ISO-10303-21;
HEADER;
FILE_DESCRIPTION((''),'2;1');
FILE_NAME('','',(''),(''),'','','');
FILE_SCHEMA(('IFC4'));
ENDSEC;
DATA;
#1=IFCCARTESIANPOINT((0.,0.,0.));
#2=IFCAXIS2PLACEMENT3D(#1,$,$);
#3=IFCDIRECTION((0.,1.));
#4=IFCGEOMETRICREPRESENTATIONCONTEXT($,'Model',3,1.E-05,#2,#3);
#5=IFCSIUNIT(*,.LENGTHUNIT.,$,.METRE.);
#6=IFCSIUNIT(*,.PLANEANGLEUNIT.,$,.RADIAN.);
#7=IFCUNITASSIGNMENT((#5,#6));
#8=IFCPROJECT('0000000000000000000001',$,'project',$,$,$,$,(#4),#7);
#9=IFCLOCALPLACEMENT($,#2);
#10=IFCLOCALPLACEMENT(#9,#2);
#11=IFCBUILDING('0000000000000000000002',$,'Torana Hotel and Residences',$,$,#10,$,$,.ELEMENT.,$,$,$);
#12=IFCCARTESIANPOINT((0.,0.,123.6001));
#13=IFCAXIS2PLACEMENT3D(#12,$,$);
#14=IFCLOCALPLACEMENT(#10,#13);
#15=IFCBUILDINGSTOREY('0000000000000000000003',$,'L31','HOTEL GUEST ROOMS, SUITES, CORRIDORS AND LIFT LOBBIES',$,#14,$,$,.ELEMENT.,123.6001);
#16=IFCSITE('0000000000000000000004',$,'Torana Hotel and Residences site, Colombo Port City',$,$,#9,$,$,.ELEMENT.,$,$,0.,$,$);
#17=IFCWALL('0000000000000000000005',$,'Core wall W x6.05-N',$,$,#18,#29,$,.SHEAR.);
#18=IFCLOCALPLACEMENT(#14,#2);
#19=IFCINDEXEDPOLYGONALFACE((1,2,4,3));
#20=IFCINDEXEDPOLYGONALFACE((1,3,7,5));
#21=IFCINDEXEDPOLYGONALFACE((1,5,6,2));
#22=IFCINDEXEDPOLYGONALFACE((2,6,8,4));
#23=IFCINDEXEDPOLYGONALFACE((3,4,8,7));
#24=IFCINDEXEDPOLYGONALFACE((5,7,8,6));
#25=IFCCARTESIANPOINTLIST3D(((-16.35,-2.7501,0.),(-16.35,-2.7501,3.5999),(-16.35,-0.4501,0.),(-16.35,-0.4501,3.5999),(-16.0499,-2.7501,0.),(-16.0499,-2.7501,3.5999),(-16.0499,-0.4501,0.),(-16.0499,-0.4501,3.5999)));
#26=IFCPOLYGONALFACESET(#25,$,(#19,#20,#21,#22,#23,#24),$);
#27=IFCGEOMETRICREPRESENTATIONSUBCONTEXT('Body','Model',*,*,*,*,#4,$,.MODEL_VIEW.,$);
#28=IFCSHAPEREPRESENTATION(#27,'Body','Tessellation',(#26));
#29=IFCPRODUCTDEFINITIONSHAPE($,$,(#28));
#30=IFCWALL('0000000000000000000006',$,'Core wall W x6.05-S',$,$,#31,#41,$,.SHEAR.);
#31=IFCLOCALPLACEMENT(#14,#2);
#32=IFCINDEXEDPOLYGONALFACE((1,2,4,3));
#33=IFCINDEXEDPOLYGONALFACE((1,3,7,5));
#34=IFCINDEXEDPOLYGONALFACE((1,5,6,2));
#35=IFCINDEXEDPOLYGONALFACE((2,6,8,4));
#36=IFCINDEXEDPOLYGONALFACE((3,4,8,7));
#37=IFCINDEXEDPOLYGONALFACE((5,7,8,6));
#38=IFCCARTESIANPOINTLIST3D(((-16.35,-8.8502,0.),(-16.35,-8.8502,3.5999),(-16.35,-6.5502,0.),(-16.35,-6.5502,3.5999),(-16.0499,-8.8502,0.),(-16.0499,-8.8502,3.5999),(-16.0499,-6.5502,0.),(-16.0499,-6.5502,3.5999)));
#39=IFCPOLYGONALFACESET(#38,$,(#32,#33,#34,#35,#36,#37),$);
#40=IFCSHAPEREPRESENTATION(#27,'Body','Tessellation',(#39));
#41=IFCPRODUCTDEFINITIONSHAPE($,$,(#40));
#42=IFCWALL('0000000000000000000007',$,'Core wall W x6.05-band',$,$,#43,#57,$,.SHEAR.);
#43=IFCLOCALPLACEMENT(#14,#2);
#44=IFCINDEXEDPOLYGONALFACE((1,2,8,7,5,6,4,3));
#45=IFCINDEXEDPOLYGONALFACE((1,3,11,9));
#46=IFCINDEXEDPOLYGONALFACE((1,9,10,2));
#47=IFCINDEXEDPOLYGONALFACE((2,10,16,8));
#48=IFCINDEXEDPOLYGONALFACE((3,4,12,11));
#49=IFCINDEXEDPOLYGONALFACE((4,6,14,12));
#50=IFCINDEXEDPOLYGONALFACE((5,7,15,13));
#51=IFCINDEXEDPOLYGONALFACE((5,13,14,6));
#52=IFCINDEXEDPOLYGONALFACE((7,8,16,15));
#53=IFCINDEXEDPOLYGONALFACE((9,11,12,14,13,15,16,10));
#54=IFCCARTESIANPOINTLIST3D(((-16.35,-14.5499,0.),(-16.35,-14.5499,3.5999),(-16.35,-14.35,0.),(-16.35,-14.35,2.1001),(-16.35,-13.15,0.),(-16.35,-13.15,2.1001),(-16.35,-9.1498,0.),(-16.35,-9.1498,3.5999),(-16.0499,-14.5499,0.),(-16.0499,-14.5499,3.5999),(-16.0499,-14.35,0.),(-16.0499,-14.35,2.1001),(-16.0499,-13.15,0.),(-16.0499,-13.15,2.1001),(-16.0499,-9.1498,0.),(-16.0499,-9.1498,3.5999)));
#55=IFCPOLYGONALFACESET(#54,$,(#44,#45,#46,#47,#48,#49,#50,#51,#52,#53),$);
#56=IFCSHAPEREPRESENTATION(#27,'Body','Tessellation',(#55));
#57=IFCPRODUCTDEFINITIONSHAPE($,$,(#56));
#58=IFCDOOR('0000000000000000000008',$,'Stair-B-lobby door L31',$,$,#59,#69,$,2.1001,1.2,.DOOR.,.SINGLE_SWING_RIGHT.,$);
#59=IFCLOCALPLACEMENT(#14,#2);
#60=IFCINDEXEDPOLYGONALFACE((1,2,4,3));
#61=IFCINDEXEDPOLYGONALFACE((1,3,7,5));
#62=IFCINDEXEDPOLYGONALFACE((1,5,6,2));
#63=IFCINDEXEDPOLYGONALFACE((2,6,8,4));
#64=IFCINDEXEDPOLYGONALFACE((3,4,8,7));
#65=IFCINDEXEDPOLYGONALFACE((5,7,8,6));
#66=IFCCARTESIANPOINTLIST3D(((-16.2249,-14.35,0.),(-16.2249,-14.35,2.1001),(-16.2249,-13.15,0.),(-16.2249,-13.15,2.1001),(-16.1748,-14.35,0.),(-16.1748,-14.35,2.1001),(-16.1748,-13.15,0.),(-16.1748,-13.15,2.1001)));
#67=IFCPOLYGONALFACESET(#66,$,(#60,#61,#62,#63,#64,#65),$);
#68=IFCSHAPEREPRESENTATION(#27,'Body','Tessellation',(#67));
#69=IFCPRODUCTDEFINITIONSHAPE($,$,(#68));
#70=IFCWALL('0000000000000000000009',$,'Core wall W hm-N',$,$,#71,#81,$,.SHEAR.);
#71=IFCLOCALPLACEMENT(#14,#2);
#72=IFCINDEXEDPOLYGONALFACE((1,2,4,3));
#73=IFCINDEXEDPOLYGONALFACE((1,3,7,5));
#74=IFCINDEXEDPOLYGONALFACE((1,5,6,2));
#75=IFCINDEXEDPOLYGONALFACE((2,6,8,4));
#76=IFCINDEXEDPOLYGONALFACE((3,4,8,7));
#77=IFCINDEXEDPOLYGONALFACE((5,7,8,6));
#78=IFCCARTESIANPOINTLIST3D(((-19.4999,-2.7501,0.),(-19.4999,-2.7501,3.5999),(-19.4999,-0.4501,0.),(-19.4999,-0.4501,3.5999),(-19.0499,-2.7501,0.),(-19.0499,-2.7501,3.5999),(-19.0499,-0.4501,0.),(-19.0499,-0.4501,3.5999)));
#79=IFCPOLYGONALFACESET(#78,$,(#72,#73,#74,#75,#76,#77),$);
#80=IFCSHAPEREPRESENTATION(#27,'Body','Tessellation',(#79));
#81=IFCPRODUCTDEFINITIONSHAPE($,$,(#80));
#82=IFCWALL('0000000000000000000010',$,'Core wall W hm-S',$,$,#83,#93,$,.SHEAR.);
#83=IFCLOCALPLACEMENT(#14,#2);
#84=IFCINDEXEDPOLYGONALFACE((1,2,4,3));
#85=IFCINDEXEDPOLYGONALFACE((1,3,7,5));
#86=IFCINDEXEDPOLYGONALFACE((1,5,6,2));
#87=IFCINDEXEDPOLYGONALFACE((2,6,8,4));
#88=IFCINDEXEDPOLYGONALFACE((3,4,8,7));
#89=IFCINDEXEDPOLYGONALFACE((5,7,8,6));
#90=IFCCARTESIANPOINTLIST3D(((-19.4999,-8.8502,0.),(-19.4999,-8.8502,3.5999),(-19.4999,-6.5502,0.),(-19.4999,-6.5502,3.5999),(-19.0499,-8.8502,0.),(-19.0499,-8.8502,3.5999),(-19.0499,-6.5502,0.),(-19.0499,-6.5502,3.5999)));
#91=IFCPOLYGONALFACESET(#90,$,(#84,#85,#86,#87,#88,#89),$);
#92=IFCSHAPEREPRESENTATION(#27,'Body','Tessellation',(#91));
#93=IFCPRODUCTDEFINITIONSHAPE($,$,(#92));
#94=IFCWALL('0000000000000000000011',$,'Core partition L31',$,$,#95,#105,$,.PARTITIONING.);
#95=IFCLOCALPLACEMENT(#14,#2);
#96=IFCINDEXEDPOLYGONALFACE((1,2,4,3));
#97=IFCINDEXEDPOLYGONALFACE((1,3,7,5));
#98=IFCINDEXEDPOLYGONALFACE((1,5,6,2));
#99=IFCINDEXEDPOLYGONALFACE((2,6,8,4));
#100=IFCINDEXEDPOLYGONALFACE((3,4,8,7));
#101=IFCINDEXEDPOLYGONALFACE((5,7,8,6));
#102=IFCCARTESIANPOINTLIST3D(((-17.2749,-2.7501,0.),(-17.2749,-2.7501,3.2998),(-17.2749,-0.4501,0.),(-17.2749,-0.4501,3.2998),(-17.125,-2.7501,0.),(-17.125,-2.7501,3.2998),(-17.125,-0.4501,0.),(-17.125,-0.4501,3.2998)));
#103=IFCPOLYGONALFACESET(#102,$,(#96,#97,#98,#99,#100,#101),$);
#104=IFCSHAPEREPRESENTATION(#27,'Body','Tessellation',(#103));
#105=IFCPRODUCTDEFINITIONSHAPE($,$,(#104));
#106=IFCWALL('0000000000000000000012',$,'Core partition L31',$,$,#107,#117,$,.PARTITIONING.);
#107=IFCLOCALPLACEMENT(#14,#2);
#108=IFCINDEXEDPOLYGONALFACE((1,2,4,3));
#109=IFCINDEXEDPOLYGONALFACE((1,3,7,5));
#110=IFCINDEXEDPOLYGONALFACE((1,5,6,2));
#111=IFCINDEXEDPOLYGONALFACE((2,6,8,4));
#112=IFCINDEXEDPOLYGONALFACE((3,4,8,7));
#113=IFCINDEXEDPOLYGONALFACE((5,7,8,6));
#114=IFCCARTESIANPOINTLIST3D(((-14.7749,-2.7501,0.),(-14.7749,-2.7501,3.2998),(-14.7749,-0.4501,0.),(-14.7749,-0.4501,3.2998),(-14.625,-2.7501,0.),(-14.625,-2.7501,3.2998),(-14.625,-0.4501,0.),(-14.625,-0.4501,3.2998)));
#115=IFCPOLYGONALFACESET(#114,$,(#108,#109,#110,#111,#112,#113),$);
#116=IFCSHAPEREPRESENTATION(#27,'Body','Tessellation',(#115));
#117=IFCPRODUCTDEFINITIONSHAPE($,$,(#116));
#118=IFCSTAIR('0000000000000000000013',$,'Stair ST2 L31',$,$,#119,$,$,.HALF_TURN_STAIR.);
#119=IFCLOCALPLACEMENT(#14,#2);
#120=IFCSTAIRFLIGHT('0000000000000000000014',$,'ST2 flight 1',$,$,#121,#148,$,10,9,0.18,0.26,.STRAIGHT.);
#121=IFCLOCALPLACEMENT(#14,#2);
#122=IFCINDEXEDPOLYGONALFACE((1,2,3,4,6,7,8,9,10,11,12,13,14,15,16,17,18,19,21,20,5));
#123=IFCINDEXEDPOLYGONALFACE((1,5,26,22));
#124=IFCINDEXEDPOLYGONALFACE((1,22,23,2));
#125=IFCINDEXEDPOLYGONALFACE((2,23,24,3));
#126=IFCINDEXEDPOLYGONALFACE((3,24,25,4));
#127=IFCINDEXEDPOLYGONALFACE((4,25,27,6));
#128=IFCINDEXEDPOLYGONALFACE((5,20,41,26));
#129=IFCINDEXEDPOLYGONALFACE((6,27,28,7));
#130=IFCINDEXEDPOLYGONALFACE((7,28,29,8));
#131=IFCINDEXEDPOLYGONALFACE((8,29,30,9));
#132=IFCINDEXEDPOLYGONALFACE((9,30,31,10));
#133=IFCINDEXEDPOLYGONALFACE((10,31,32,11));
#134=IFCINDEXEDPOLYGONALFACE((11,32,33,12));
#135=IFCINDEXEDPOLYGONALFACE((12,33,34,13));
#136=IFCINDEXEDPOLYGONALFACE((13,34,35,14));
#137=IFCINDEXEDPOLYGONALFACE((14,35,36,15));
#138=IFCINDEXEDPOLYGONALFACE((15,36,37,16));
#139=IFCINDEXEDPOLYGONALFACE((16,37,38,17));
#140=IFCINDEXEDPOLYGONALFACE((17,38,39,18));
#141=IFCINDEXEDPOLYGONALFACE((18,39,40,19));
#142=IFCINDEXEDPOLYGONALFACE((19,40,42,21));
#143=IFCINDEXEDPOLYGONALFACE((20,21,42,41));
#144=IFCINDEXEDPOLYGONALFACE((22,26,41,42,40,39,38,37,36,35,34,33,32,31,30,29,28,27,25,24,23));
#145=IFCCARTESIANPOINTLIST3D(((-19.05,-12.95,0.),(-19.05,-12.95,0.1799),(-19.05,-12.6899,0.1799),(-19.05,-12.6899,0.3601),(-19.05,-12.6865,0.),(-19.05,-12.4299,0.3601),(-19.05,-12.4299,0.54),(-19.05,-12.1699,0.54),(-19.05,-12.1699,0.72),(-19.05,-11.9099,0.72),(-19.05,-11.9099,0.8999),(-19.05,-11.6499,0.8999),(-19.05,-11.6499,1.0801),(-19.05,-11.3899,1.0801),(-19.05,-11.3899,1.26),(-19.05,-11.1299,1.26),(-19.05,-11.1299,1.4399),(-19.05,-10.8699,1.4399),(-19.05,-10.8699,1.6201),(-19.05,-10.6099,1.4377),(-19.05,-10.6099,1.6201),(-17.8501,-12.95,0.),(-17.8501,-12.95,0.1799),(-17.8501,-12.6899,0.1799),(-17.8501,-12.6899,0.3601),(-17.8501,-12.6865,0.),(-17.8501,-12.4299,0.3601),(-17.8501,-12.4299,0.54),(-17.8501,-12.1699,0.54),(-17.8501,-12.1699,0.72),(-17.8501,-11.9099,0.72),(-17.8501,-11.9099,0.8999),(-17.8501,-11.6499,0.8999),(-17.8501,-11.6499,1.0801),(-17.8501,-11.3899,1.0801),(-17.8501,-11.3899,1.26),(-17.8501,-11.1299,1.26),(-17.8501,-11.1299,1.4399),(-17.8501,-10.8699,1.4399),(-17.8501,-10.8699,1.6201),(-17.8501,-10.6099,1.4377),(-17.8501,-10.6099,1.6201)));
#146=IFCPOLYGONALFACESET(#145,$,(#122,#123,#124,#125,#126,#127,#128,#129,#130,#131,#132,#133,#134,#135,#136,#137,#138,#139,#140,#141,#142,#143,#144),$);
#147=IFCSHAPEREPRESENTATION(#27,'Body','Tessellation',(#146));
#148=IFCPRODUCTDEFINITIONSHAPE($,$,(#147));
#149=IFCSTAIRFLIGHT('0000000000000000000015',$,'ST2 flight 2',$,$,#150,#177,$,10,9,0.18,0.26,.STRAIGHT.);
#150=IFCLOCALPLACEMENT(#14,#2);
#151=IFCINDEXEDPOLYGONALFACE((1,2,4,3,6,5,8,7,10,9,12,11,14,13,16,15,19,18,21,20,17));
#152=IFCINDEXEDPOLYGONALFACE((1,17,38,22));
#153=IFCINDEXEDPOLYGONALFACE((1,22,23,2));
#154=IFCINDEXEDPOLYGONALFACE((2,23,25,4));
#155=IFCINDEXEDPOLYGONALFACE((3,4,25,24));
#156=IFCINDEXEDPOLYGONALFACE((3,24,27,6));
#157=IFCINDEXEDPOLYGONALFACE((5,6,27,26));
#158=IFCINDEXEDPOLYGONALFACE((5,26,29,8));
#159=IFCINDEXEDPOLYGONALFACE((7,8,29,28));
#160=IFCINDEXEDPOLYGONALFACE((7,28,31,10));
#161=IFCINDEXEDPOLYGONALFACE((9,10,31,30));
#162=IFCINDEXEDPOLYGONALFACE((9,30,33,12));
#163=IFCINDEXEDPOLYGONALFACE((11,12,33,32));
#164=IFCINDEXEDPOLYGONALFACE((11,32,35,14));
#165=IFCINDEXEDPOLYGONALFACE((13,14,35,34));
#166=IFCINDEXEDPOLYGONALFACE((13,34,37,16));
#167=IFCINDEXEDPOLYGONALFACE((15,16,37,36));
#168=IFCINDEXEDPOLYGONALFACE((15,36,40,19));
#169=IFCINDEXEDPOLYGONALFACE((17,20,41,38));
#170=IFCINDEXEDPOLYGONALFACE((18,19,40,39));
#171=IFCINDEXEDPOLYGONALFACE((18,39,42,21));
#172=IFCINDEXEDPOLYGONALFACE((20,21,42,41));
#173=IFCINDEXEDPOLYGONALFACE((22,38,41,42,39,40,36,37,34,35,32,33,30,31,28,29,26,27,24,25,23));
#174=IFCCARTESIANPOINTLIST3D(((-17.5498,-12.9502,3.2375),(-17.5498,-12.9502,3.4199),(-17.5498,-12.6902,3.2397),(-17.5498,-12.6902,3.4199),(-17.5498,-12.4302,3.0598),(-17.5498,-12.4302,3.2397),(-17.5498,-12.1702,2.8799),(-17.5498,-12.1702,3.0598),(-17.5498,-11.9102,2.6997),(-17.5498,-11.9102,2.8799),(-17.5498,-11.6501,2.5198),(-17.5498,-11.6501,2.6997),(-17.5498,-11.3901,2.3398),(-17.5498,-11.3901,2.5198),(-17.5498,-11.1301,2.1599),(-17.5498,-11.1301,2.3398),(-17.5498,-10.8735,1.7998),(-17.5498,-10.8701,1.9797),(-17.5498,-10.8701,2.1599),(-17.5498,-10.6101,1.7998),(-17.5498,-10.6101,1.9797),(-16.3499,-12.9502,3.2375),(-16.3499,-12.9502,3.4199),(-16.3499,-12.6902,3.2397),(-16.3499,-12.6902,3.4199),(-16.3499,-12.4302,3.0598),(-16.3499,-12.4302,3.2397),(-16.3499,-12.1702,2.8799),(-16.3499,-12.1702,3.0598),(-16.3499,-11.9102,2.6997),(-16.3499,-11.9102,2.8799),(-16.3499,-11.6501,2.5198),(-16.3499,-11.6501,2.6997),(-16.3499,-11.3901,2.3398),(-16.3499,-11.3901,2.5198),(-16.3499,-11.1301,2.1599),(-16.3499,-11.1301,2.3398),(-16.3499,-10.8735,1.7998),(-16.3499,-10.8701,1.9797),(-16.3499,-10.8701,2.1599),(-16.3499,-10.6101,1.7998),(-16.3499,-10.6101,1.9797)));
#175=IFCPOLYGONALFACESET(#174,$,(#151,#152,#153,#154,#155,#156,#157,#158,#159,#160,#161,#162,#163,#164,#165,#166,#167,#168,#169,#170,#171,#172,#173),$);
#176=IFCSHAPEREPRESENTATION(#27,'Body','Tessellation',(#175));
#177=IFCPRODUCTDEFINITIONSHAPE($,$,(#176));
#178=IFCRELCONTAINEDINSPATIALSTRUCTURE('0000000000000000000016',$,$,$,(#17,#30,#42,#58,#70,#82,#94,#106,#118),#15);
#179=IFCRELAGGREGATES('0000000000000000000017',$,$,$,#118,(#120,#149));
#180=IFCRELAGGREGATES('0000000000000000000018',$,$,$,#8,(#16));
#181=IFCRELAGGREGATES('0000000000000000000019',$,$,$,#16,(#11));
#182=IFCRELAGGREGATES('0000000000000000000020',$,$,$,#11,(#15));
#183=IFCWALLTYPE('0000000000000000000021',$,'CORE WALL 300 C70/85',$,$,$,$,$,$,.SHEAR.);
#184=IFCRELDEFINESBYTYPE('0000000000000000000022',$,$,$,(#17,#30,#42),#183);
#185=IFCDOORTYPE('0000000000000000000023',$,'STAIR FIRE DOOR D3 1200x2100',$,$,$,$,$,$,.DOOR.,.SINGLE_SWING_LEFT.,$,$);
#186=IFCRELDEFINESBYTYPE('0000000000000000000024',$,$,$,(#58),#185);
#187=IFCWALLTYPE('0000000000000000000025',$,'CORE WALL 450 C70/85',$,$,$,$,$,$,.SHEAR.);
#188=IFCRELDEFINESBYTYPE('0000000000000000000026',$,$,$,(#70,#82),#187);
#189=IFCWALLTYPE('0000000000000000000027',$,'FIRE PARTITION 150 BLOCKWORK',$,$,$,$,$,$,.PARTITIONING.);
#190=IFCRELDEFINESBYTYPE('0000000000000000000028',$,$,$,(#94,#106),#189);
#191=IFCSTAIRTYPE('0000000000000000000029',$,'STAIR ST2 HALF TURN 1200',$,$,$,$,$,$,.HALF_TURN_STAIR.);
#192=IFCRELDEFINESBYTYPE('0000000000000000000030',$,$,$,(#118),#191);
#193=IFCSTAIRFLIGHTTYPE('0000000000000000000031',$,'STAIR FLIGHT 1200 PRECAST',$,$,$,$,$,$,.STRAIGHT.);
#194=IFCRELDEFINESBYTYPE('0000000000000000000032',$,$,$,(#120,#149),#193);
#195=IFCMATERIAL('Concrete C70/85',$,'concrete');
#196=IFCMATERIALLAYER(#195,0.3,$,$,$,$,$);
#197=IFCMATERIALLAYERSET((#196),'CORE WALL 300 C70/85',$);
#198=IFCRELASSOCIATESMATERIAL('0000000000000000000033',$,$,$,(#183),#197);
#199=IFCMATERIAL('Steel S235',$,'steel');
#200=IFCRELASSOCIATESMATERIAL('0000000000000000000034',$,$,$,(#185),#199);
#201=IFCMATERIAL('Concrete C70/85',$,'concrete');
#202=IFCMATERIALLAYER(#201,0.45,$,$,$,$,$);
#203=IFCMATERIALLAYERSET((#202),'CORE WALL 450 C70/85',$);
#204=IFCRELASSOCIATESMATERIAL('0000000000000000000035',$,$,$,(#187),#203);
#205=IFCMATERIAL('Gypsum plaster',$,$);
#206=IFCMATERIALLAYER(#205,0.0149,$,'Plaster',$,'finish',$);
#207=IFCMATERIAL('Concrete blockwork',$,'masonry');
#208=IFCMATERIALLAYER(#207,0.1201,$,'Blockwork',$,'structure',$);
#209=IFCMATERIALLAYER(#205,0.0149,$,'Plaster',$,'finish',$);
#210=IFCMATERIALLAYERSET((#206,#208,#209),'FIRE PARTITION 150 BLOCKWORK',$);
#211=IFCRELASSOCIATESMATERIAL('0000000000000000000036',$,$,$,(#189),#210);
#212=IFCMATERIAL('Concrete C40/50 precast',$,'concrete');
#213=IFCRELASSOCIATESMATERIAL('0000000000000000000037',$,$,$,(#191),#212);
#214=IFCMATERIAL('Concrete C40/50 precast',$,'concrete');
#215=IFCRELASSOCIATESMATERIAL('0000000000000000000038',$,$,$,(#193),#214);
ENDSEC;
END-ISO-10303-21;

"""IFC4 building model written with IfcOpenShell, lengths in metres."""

from ifc_helpers import new_model, si_unit, direction, frame, frame_2d, origin, place, context, subcontext, project, spatial, polyline, rectangle, outline, extrude, material, layer, layer_set, type_object, element, fill, aggregate, save


model = new_model("IFC4")

# Units and contexts
model_context = context("Model", 3, precision=1e-05, world=origin(), true_north=direction((0.0, 1.0)))
body_context = subcontext(model_context, "Body", "Model", "MODEL_VIEW")
ifc_project = project(units=[si_unit("LENGTHUNIT", "METRE"), si_unit("PLANEANGLEUNIT", "RADIAN")], contexts=[model_context])

# Site, building, storey
site_placement = place(None, origin())
site = spatial("IfcSite", under=ifc_project, at=site_placement, Name="Torana Hotel and Residences site, Colombo Port City", CompositionType="ELEMENT", RefElevation=0.0)
building_placement = place(site_placement, origin())
building = spatial("IfcBuilding", under=site, at=building_placement, Name="Torana Hotel and Residences", CompositionType="ELEMENT")
storey_placement = place(building_placement, frame((0.0, 0.0, 123.6001)))
storey = spatial("IfcBuildingStorey", under=building, at=storey_placement, Name="L31", Description="HOTEL GUEST ROOMS, SUITES, CORRIDORS AND LIFT LOBBIES", CompositionType="ELEMENT", Elevation=123.6001)

# Walls
ifc_material_1 = material(Name="Concrete C70/85", Category="concrete")
ifc_layer_1 = layer(ifc_material_1, 0.3)
ifc_layer_set_1 = layer_set([ifc_layer_1], Name="CORE WALL 300 C70/85")
wall_type_1 = type_object("IfcWallType", Name="CORE WALL 300 C70/85", PredefinedType="SHEAR", material=ifc_layer_set_1)
for number, where, z_axis, x_axis, name in (
    (1, (-16.2, -2.75, 0.0), (0.0, 0.0, 1.0), (0.0, 1.0, 0.0), "Core wall W x6.05-N"),
    (2, (-16.2, -8.8501, 0.0), (0.0, 0.0, 1.0), (0.0, 1.0, 0.0), "Core wall W x6.05-S"),
):
    element("IfcWall", number, at=place(storey_placement, frame(where, z_axis=z_axis, x_axis=x_axis)), inside=storey, type_object=wall_type_1, Name=name, PredefinedType="SHEAR", context=body_context, shape_type="SweptSolid", body=[
        extrude(rectangle(XDim=2.3, YDim=0.3, at=frame_2d((1.1499, 0.0))), origin(), (0.0, 0.0, 1.0), 3.5999),
    ])

# Wall, opening, door
wall_placement = place(storey_placement, frame((-16.2, -14.55, 0.0), z_axis=(0.0, 0.0, 1.0), x_axis=(0.0, 1.0, 0.0)))
wall = element("IfcWall", 3, at=wall_placement, inside=storey, type_object=wall_type_1, Name="Core wall W x6.05-band", PredefinedType="SHEAR", context=body_context, shape_type="SweptSolid", body=[
    extrude(rectangle(XDim=5.4001, YDim=0.3, at=frame_2d((2.7002, 0.0))), origin(), (0.0, 0.0, 1.0), 3.5999),
])
opening_placement = place(wall_placement, frame((0.2, 0.0, 0.0)))
opening = element("IfcOpeningElement", 4, at=opening_placement, cuts=wall, PredefinedType="OPENING", context=body_context, shape_type="SweptSolid", body=[
    extrude(rectangle(XDim=1.2, YDim=2.1001, at=frame_2d((0.6001, 1.05))), frame((0.0, 0.1599, 0.0), z_axis=(0.0, -1.0, 0.0), x_axis=(1.0, 0.0, 0.0)), (0.0, 0.0, 1.0), 0.3201),
])
ifc_material_2 = material(Name="Steel S235", Category="steel")
door_type = type_object("IfcDoorType", Name="STAIR FIRE DOOR D3 1200x2100", OperationType="SINGLE_SWING_LEFT", PredefinedType="DOOR", material=ifc_material_2)
door_placement = place(opening_placement, origin())
door = element("IfcDoor", 5, at=door_placement, inside=storey, type_object=door_type, Name="Stair-B-lobby door L31", OperationType="SINGLE_SWING_RIGHT", OverallHeight=2.1001, OverallWidth=1.2, PredefinedType="DOOR", context=body_context, shape_type="SweptSolid", body=[
    extrude(rectangle(XDim=1.2, YDim=2.1001, at=frame_2d((0.6001, 1.05))), frame((0.0, 0.0249, 0.0), z_axis=(0.0, -1.0, 0.0), x_axis=(1.0, 0.0, 0.0)), (0.0, 0.0, 1.0), 0.05),
])
fill(opening, door)

# Walls
ifc_material_3 = material(Name="Concrete C70/85", Category="concrete")
ifc_layer_2 = layer(ifc_material_3, 0.45)
ifc_layer_set_2 = layer_set([ifc_layer_2], Name="CORE WALL 450 C70/85")
wall_type_2 = type_object("IfcWallType", Name="CORE WALL 450 C70/85", PredefinedType="SHEAR", material=ifc_layer_set_2)
for number, where, z_axis, x_axis, name in (
    (6, (-19.2749, -2.75, 0.0), (0.0, 0.0, 1.0), (0.0, 1.0, 0.0), "Core wall W hm-N"),
    (7, (-19.2749, -8.8501, 0.0), (0.0, 0.0, 1.0), (0.0, 1.0, 0.0), "Core wall W hm-S"),
):
    element("IfcWall", number, at=place(storey_placement, frame(where, z_axis=z_axis, x_axis=x_axis)), inside=storey, type_object=wall_type_2, Name=name, PredefinedType="SHEAR", context=body_context, shape_type="SweptSolid", body=[
        extrude(rectangle(XDim=2.3, YDim=0.45, at=frame_2d((1.1499, 0.0))), origin(), (0.0, 0.0, 1.0), 3.5999),
    ])
ifc_material_4 = material(Name="Gypsum plaster")
ifc_layer_3 = layer(ifc_material_4, 0.0149, Name="Plaster", Category="finish")
ifc_material_5 = material(Name="Concrete blockwork", Category="masonry")
ifc_layer_4 = layer(ifc_material_5, 0.1201, Name="Blockwork", Category="structure")
ifc_layer_5 = layer(ifc_material_4, 0.0149, Name="Plaster", Category="finish")
ifc_layer_set_3 = layer_set([ifc_layer_3, ifc_layer_4, ifc_layer_5], Name="FIRE PARTITION 150 BLOCKWORK")
wall_type_3 = type_object("IfcWallType", Name="FIRE PARTITION 150 BLOCKWORK", PredefinedType="PARTITIONING", material=ifc_layer_set_3)
for number, where, z_axis, x_axis, name in (
    (8, (-17.2, -2.75, 0.0), (0.0, 0.0, 1.0), (0.0, 1.0, 0.0), "Core partition L31"),
    (9, (-14.7, -2.75, 0.0), (0.0, 0.0, 1.0), (0.0, 1.0, 0.0), "Core partition L31"),
):
    element("IfcWall", number, at=place(storey_placement, frame(where, z_axis=z_axis, x_axis=x_axis)), inside=storey, type_object=wall_type_3, Name=name, PredefinedType="PARTITIONING", context=body_context, shape_type="SweptSolid", body=[
        extrude(rectangle(XDim=2.3, YDim=0.1499, at=frame_2d((1.1499, 0.0))), origin(), (0.0, 0.0, 1.0), 3.2998),
    ])

# Stair, stair flights
ifc_material_6 = material(Name="Concrete C40/50 precast", Category="concrete")
stair_type = type_object("IfcStairType", Name="STAIR ST2 HALF TURN 1200", PredefinedType="HALF_TURN_STAIR", material=ifc_material_6)
stair_placement = place(storey_placement, origin())
stair = element("IfcStair", 10, at=stair_placement, inside=storey, type_object=stair_type, Name="Stair ST2 L31", PredefinedType="HALF_TURN_STAIR")
ifc_material_7 = material(Name="Concrete C40/50 precast", Category="concrete")
stair_flight_type = type_object("IfcStairFlightType", Name="STAIR FLIGHT 1200 PRECAST", PredefinedType="STRAIGHT", material=ifc_material_7)
stair_flight_1_placement = place(storey_placement, frame((-18.45, -12.95, 0.0), z_axis=(0.0, 0.0, 1.0), x_axis=(0.0, 1.0, 0.0)))
stair_flight_1 = element("IfcStairFlight", 11, at=stair_flight_1_placement, type_object=stair_flight_type, Name="ST2 flight 1", NumberOfRisers=10, NumberOfTreads=9, PredefinedType="STRAIGHT", RiserHeight=0.18, TreadLength=0.26, context=body_context, shape_type="SweptSolid", body=[
    extrude(outline(polyline([(0.0, 0.0), (0.0, 0.1799), (0.26, 0.1799), (0.26, 0.3601), (0.52, 0.3601), (0.52, 0.54), (0.78, 0.54), (0.78, 0.72), (1.04, 0.72), (1.04, 0.8999), (1.3, 0.8999), (1.3, 1.0801), (1.5601, 1.0801), (1.5601, 1.26), (1.8201, 1.26), (1.8201, 1.4399), (2.0801, 1.4399), (2.0801, 1.6201), (2.3401, 1.6201), (2.3401, 1.8), (2.3401, 1.4377), (0.2634, 0.0), (0.0, 0.0)])), frame((0.0, 0.6001, 0.0), z_axis=(0.0, -1.0, 0.0), x_axis=(1.0, 0.0, 0.0)), (0.0, 0.0, 1.0), 1.2),
])
stair_flight_2_placement = place(storey_placement, frame((-16.95, -10.6101, 1.7998), z_axis=(0.0, 0.0, 1.0), x_axis=(0.0, -1.0, 0.0)))
stair_flight_2 = element("IfcStairFlight", 12, at=stair_flight_2_placement, type_object=stair_flight_type, Name="ST2 flight 2", NumberOfRisers=10, NumberOfTreads=9, PredefinedType="STRAIGHT", RiserHeight=0.18, TreadLength=0.26, context=body_context, shape_type="SweptSolid", body=[
    extrude(outline(polyline([(0.0, 0.0), (0.0, 0.1799), (0.26, 0.1799), (0.26, 0.3601), (0.52, 0.3601), (0.52, 0.54), (0.78, 0.54), (0.78, 0.72), (1.04, 0.72), (1.04, 0.8999), (1.3, 0.8999), (1.3, 1.0801), (1.5601, 1.0801), (1.5601, 1.26), (1.8201, 1.26), (1.8201, 1.4399), (2.0801, 1.4399), (2.0801, 1.6201), (2.3401, 1.6201), (2.3401, 1.8), (2.3401, 1.4377), (0.2634, 0.0), (0.0, 0.0)])), frame((0.0, 0.6001, 0.0), z_axis=(0.0, -1.0, 0.0), x_axis=(1.0, 0.0, 0.0)), (0.0, 0.0, 1.0), 1.2),
])
aggregate(stair, [stair_flight_1, stair_flight_2])

save(model, "model.ifc")
